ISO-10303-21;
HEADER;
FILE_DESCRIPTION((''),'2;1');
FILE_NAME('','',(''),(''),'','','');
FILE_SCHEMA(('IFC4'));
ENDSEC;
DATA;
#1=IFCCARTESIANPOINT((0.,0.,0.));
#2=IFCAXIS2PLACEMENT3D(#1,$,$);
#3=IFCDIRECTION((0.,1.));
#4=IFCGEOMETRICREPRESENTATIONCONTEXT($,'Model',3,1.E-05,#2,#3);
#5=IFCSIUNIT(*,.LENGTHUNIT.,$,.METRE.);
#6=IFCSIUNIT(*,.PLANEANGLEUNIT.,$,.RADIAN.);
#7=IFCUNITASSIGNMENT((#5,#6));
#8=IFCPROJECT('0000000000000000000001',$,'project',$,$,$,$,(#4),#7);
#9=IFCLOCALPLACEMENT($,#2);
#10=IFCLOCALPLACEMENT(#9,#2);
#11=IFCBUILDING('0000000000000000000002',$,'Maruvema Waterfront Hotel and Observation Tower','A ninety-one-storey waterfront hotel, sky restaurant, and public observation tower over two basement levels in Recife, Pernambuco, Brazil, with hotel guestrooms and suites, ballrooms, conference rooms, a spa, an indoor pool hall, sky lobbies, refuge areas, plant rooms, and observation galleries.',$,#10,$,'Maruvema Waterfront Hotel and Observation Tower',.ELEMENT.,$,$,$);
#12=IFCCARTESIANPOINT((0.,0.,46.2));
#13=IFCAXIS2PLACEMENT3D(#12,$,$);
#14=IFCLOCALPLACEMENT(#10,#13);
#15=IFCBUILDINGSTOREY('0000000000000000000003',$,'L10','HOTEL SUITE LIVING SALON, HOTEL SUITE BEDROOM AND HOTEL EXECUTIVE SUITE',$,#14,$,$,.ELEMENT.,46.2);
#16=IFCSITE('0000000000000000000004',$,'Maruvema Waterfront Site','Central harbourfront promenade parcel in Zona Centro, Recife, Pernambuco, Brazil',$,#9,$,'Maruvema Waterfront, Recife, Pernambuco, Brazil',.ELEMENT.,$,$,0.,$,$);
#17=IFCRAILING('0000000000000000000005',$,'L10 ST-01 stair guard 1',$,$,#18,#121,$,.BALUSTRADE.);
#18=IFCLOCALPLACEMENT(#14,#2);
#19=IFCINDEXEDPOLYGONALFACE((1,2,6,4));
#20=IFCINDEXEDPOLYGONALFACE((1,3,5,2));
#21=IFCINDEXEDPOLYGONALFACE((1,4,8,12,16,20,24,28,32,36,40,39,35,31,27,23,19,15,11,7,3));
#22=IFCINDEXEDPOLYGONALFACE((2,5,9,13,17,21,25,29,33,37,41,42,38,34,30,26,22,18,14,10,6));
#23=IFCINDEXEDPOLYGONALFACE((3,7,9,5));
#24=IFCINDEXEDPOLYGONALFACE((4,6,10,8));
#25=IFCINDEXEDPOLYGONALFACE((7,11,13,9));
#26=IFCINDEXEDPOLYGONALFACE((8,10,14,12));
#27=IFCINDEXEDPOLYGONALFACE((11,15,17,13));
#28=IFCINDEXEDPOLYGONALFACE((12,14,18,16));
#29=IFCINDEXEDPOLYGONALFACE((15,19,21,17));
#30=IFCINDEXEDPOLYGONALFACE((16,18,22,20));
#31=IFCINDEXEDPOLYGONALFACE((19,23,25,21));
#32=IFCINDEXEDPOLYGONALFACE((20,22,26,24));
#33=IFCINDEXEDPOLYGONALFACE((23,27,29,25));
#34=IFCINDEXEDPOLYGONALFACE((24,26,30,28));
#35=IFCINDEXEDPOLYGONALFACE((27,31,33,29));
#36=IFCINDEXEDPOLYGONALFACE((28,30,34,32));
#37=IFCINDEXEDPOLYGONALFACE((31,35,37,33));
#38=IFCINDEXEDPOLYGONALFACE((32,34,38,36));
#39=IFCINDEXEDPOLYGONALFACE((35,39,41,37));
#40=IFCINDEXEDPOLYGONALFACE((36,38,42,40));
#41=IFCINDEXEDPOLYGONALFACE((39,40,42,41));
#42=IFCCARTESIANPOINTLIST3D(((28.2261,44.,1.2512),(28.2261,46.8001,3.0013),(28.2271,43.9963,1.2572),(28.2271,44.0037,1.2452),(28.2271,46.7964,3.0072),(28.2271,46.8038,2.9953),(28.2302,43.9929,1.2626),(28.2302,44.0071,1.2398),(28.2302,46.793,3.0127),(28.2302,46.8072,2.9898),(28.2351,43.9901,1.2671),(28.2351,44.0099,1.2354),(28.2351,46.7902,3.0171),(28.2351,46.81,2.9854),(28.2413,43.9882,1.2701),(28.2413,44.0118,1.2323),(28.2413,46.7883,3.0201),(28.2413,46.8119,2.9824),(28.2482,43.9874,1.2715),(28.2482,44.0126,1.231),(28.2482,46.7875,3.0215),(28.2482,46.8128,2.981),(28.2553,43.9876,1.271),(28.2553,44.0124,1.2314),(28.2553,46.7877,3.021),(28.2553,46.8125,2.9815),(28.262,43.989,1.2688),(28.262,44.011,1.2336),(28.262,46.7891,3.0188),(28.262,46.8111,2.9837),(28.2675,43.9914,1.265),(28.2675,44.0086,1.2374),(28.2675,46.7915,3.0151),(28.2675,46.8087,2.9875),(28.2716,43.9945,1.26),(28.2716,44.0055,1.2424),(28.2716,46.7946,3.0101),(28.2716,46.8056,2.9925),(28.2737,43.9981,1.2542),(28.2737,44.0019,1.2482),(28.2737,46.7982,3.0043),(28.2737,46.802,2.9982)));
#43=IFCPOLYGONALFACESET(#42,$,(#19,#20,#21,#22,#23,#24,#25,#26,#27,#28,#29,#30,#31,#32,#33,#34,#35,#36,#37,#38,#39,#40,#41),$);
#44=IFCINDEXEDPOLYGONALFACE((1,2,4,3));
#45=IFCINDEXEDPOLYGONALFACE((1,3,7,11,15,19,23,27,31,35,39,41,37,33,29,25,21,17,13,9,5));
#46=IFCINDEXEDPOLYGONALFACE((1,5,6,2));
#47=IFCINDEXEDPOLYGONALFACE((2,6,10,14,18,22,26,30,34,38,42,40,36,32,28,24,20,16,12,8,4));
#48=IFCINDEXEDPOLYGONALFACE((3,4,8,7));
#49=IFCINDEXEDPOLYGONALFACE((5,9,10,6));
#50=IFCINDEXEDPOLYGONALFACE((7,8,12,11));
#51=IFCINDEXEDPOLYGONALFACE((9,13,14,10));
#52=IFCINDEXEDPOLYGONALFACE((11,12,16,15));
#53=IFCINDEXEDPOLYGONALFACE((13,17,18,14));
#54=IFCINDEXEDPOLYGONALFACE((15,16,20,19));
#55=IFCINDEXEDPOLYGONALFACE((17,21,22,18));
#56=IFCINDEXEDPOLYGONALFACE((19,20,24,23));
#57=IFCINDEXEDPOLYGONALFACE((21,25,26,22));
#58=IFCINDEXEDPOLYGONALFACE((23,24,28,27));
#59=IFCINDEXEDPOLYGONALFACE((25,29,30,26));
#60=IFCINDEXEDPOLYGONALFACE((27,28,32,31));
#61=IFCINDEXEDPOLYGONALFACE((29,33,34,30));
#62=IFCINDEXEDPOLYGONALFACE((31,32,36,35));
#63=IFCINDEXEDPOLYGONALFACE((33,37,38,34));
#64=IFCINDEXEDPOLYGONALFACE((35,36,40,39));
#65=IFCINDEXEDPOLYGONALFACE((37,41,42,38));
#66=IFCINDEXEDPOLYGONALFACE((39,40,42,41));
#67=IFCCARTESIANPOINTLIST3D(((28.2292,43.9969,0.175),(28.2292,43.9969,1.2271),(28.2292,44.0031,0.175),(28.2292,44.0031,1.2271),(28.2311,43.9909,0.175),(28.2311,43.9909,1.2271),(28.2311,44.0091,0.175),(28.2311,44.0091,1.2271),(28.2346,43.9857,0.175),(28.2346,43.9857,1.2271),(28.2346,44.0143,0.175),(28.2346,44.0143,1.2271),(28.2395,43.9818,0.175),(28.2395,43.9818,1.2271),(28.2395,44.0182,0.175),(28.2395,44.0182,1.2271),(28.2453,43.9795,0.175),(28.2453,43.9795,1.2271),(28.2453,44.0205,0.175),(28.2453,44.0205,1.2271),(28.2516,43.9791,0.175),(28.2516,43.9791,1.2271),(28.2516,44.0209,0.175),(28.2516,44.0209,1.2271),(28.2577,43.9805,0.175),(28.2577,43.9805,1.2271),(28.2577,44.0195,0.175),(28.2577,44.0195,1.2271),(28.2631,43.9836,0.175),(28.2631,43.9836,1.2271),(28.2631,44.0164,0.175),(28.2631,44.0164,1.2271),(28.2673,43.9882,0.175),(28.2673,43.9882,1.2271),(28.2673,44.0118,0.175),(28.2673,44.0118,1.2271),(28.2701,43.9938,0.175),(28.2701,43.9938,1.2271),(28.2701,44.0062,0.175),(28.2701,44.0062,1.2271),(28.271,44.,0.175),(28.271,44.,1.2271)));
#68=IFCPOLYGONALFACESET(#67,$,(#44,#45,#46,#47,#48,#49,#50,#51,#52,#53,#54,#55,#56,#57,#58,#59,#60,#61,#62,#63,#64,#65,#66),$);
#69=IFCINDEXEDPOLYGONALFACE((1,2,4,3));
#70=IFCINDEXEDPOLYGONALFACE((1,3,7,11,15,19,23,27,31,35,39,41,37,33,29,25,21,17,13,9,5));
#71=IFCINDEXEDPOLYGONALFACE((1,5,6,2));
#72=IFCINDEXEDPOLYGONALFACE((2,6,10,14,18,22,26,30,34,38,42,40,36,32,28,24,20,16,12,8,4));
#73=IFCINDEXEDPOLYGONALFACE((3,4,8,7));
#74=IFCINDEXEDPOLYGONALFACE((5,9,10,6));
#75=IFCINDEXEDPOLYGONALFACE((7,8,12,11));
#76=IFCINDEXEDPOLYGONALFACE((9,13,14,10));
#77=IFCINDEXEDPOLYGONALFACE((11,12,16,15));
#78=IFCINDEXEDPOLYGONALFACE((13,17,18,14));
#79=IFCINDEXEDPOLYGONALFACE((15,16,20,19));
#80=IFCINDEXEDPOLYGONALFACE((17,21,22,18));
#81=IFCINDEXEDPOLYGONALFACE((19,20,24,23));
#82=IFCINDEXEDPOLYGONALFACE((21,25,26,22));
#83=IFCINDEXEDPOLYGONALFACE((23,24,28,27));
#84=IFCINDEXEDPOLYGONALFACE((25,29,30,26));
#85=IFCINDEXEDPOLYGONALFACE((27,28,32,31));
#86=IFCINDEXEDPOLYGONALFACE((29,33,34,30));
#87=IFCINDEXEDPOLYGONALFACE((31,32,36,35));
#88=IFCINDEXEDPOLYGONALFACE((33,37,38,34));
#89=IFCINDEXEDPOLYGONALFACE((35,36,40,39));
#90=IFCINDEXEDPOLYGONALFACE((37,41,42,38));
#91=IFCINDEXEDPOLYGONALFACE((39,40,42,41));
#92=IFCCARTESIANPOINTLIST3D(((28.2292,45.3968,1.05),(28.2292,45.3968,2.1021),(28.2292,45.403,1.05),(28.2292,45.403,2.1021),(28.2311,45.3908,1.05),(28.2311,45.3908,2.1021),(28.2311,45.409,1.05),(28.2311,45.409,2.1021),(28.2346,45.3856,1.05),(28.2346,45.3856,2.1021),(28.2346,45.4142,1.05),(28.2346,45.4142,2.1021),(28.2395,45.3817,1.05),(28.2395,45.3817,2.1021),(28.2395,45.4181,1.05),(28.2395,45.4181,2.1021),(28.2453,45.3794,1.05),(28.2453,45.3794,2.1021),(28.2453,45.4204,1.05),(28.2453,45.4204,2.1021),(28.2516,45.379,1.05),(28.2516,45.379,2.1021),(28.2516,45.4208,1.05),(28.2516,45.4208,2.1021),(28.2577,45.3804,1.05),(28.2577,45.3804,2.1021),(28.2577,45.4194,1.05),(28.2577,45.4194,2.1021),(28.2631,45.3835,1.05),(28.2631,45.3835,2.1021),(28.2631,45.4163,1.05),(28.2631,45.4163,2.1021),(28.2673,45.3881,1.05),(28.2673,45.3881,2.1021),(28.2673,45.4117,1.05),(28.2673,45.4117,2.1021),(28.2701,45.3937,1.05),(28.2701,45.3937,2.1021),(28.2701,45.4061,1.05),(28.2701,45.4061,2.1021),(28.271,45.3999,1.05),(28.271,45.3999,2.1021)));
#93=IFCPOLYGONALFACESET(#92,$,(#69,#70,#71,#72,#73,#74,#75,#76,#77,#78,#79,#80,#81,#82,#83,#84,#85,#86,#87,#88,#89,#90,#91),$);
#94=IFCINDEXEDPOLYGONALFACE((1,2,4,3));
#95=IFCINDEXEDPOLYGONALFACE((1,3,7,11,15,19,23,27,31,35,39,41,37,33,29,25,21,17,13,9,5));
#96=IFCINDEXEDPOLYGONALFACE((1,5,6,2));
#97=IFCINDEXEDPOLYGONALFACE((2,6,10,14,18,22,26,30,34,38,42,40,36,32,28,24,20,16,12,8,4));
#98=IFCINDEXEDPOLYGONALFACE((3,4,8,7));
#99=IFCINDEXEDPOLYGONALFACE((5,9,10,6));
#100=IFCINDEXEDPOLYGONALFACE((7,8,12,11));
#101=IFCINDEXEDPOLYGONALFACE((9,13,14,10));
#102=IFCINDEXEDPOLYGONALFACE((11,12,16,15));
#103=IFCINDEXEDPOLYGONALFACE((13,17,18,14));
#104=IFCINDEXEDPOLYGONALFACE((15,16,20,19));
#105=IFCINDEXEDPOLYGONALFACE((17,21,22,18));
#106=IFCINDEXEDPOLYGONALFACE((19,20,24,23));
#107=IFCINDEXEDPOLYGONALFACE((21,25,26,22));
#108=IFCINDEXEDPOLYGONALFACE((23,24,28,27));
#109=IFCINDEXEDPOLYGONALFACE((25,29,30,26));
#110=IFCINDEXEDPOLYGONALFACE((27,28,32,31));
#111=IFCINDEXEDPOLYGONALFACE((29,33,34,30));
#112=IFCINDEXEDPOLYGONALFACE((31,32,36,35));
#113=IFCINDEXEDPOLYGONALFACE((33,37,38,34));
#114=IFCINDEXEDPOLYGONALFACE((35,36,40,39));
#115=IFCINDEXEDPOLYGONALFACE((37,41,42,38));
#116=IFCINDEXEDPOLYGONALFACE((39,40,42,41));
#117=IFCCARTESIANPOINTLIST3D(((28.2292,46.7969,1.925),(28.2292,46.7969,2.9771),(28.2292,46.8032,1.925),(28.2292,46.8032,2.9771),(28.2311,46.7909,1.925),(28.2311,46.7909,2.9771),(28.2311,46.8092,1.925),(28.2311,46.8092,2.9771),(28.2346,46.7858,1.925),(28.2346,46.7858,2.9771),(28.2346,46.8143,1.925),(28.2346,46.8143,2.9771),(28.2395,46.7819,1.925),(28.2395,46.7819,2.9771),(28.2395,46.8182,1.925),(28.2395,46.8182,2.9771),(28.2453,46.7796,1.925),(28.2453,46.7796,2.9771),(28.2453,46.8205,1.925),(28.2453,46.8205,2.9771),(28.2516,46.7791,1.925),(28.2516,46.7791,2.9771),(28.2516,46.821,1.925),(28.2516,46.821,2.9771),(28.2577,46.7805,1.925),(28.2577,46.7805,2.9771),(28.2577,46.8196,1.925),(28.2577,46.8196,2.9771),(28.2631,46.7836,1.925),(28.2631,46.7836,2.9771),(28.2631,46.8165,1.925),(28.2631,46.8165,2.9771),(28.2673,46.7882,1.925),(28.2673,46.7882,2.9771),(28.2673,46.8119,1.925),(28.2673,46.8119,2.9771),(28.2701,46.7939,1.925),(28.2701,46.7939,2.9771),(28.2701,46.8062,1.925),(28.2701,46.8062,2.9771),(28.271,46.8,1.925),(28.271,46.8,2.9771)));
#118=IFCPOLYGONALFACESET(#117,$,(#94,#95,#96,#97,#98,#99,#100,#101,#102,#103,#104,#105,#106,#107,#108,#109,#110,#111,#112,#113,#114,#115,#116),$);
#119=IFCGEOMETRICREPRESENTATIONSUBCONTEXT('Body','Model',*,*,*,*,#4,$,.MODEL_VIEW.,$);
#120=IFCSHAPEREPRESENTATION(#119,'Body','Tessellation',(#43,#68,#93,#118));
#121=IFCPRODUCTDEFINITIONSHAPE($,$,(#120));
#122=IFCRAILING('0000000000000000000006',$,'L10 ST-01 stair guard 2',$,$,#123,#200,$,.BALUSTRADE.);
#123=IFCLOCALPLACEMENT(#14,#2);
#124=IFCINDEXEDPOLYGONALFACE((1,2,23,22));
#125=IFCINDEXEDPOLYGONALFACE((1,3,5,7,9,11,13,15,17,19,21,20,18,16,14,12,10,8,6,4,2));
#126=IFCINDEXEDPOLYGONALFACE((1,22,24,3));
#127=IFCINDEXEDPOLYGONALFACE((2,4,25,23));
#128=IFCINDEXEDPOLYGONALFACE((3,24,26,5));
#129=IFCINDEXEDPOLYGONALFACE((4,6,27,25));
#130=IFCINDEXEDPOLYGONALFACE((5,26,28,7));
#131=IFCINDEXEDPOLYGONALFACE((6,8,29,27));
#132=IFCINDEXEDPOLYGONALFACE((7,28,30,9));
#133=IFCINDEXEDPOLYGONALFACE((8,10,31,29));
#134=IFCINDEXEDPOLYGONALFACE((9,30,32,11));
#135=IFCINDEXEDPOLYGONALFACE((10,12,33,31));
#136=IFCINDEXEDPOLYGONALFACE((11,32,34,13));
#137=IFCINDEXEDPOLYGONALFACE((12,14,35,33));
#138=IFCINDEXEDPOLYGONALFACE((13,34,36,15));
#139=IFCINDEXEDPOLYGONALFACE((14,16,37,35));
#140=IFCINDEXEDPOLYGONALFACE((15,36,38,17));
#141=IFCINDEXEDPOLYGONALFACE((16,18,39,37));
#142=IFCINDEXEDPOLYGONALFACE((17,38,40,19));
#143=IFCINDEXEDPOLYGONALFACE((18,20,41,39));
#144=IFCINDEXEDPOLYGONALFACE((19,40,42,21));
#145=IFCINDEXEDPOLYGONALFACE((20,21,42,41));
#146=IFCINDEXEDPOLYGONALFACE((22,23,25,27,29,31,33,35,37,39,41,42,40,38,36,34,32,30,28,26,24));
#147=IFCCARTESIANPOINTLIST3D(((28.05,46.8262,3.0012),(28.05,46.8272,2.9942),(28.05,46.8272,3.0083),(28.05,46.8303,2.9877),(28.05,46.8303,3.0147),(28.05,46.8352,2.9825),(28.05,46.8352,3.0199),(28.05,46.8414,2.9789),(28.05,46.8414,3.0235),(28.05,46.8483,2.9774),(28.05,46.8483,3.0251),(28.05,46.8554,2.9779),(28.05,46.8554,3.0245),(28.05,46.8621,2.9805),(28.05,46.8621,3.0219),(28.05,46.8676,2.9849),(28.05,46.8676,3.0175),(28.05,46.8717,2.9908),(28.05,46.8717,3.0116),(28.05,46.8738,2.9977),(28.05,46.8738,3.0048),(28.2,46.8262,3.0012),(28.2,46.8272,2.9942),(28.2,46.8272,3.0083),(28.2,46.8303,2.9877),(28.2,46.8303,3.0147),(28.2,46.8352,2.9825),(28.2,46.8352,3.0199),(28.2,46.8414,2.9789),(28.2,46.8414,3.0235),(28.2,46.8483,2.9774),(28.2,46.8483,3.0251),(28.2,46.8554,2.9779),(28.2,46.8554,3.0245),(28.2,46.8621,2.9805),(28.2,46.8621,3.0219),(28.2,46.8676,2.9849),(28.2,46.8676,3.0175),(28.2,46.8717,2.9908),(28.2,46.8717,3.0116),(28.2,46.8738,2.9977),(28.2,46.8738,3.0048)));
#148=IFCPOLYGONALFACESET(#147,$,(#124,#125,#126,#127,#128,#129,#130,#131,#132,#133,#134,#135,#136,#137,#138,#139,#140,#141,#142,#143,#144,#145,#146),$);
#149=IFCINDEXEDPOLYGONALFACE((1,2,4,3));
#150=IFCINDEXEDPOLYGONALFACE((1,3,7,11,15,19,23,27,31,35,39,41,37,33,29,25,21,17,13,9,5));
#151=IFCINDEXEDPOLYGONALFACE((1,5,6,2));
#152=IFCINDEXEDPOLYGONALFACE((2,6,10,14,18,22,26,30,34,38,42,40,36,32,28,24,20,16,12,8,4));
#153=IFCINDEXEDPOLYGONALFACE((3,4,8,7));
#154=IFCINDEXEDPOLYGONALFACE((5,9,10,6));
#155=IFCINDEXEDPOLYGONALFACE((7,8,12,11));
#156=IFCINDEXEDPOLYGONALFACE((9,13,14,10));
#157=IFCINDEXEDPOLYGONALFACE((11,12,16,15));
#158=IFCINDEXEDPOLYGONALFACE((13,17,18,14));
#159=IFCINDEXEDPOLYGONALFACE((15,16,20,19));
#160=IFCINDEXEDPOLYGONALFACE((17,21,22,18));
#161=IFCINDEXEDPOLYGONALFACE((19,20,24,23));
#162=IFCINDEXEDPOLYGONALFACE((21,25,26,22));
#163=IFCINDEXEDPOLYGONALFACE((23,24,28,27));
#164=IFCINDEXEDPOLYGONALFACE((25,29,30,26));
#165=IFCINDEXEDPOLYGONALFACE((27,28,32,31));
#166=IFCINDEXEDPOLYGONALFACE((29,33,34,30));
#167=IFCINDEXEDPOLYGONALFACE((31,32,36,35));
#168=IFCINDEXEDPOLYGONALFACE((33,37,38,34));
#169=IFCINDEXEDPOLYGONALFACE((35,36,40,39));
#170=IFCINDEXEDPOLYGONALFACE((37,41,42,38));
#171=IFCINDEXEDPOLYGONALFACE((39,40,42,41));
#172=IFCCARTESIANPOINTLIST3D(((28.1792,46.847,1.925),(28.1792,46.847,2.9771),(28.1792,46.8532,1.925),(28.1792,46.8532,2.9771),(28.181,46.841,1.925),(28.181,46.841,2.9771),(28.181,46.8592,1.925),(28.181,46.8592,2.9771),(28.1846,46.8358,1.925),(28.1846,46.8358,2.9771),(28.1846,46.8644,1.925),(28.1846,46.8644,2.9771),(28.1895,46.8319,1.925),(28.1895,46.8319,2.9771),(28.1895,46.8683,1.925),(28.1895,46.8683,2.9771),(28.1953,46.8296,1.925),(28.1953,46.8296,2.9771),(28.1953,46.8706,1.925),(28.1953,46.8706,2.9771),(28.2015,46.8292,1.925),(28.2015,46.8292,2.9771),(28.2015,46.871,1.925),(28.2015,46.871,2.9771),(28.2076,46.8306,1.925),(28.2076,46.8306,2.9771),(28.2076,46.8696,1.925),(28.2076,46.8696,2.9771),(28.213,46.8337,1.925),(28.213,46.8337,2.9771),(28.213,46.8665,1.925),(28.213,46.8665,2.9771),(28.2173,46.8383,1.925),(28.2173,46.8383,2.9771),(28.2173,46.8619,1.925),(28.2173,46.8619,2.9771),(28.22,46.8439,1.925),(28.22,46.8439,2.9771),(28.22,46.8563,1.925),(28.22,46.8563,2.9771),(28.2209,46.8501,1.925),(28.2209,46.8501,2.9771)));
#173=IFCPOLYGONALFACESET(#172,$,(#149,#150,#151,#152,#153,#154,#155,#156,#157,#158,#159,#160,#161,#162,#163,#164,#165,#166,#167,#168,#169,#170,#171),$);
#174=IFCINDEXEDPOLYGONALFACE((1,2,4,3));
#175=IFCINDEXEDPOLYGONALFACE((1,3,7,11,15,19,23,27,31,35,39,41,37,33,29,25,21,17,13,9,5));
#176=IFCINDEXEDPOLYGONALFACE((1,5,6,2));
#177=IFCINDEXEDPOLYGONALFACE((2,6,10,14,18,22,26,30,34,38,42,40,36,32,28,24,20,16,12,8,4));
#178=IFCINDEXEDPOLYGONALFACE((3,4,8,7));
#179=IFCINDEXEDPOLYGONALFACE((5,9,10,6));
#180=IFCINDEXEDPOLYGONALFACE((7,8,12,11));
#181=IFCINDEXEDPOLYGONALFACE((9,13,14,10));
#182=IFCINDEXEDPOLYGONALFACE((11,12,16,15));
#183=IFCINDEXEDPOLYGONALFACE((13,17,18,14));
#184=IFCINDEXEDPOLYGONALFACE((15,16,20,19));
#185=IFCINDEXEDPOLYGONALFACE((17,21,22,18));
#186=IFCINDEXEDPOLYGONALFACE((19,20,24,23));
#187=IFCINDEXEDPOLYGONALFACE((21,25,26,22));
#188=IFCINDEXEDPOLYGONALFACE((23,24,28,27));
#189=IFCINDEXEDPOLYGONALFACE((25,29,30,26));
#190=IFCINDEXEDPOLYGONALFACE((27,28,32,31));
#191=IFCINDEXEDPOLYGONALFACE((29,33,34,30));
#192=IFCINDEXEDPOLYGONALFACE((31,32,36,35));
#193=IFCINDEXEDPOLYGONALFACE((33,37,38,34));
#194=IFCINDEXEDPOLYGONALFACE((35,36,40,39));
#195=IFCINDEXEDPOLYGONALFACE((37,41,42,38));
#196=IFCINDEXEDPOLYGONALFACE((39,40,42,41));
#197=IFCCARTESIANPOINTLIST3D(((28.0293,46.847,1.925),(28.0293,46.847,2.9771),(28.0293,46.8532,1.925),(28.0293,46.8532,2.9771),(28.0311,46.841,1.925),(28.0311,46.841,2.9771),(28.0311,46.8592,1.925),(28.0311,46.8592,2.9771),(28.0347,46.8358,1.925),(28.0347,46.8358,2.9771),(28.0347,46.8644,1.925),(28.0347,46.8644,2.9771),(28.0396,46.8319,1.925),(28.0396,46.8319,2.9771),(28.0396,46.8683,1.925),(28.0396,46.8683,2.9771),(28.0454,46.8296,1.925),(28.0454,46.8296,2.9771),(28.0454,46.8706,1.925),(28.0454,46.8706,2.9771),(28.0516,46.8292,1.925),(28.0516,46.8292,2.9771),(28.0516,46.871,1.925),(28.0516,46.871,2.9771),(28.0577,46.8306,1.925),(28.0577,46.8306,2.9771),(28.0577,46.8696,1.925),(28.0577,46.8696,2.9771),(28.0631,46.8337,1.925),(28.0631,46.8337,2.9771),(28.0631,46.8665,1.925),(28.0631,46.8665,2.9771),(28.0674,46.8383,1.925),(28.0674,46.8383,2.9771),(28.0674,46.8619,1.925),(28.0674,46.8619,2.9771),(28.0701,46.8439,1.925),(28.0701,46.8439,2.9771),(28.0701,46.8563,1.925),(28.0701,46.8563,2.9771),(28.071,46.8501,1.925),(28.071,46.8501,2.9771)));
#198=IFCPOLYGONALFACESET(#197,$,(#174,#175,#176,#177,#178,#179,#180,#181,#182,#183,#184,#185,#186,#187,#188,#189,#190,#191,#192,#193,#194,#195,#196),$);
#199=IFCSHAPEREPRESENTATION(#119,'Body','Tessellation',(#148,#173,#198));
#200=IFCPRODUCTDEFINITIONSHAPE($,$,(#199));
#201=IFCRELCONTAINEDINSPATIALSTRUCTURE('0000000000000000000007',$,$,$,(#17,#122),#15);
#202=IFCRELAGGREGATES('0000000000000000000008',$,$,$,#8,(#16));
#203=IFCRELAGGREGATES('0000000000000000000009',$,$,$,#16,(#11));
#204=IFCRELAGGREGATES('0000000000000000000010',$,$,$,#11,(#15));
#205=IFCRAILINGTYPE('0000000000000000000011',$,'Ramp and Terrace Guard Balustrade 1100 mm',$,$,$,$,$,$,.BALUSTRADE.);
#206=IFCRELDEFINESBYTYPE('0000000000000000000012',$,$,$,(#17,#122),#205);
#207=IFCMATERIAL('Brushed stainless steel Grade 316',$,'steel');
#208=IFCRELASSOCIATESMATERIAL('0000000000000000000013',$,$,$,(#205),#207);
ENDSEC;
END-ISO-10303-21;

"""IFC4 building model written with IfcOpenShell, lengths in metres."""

from ifc_helpers import new_model, si_unit, direction, frame, origin, origin_2d, place, context, subcontext, project, spatial, circle, extrude, material, type_object, element, save


model = new_model("IFC4")

# Units and contexts
model_context = context("Model", 3, precision=1e-05, world=origin(), true_north=direction((0.0, 1.0)))
body_context = subcontext(model_context, "Body", "Model", "MODEL_VIEW")
ifc_project = project(units=[si_unit("LENGTHUNIT", "METRE"), si_unit("PLANEANGLEUNIT", "RADIAN")], contexts=[model_context])

# Site, building, storey
site_placement = place(None, origin())
site = spatial("IfcSite", under=ifc_project, at=site_placement, Name="Maruvema Waterfront Site", Description="Central harbourfront promenade parcel in Zona Centro, Recife, Pernambuco, Brazil", LongName="Maruvema Waterfront, Recife, Pernambuco, Brazil", CompositionType="ELEMENT", RefElevation=0.0)
building_placement = place(site_placement, origin())
building = spatial("IfcBuilding", under=site, at=building_placement, Name="Maruvema Waterfront Hotel and Observation Tower", Description="A ninety-one-storey waterfront hotel, sky restaurant, and public observation tower over two basement levels in Recife, Pernambuco, Brazil, with hotel guestrooms and suites, ballrooms, conference rooms, a spa, an indoor pool hall, sky lobbies, refuge areas, plant rooms, and observation galleries.", LongName="Maruvema Waterfront Hotel and Observation Tower", CompositionType="ELEMENT")
storey_placement = place(building_placement, frame((0.0, 0.0, 46.2)))
storey = spatial("IfcBuildingStorey", under=building, at=storey_placement, Name="L10", Description="HOTEL SUITE LIVING SALON, HOTEL SUITE BEDROOM AND HOTEL EXECUTIVE SUITE", CompositionType="ELEMENT", Elevation=46.2)

# Railings
ifc_material_1 = material(Name="Brushed stainless steel Grade 316", Category="steel")
railing_type_1 = type_object("IfcRailingType", Name="Ramp and Terrace Guard Balustrade 1100 mm", PredefinedType="BALUSTRADE", material=ifc_material_1)
railing_1_placement = place(storey_placement, frame((28.25, 44.0, 0.175)))
element("IfcRailing", 1, at=railing_1_placement, inside=storey, type_object=railing_type_1, Name="L10 ST-01 stair guard 1", PredefinedType="BALUSTRADE", context=body_context, shape_type="SweptSolid", body=[
    extrude(circle(Radius=0.0239, at=origin_2d()), frame((0.0, 0.0, 1.0762), z_axis=(0.0, 0.848002, 0.529992), x_axis=(-1.0, 0.0, 0.0)), (0.0, 0.0, 1.0), 3.302),
    extrude(circle(Radius=0.021, at=origin_2d()), origin(), (0.0, 0.0, 1.0), 1.052),
    extrude(circle(Radius=0.021, at=origin_2d()), frame((0.0, 1.3999, 0.875)), (0.0, 0.0, 1.0), 1.052),
    extrude(circle(Radius=0.021, at=origin_2d()), frame((0.0, 2.8, 1.75)), (0.0, 0.0, 1.0), 1.052),
])
railing_2_placement = place(storey_placement, frame((28.2, 46.8501, 1.925)))
element("IfcRailing", 2, at=railing_2_placement, inside=storey, type_object=railing_type_1, Name="L10 ST-01 stair guard 2", PredefinedType="BALUSTRADE", context=body_context, shape_type="SweptSolid", body=[
    extrude(circle(Radius=0.0239, at=origin_2d()), frame((0.0, 0.0, 1.0762), z_axis=(-1.0, 0.0, 0.0), x_axis=(0.0, -1.0, 0.0)), (0.0, 0.0, 1.0), 0.1499),
    extrude(circle(Radius=0.021, at=origin_2d()), origin(), (0.0, 0.0, 1.0), 1.052),
    extrude(circle(Radius=0.021, at=origin_2d()), frame((-0.1499, 0.0, 0.0)), (0.0, 0.0, 1.0), 1.052),
])

save(model, "model.ifc")
